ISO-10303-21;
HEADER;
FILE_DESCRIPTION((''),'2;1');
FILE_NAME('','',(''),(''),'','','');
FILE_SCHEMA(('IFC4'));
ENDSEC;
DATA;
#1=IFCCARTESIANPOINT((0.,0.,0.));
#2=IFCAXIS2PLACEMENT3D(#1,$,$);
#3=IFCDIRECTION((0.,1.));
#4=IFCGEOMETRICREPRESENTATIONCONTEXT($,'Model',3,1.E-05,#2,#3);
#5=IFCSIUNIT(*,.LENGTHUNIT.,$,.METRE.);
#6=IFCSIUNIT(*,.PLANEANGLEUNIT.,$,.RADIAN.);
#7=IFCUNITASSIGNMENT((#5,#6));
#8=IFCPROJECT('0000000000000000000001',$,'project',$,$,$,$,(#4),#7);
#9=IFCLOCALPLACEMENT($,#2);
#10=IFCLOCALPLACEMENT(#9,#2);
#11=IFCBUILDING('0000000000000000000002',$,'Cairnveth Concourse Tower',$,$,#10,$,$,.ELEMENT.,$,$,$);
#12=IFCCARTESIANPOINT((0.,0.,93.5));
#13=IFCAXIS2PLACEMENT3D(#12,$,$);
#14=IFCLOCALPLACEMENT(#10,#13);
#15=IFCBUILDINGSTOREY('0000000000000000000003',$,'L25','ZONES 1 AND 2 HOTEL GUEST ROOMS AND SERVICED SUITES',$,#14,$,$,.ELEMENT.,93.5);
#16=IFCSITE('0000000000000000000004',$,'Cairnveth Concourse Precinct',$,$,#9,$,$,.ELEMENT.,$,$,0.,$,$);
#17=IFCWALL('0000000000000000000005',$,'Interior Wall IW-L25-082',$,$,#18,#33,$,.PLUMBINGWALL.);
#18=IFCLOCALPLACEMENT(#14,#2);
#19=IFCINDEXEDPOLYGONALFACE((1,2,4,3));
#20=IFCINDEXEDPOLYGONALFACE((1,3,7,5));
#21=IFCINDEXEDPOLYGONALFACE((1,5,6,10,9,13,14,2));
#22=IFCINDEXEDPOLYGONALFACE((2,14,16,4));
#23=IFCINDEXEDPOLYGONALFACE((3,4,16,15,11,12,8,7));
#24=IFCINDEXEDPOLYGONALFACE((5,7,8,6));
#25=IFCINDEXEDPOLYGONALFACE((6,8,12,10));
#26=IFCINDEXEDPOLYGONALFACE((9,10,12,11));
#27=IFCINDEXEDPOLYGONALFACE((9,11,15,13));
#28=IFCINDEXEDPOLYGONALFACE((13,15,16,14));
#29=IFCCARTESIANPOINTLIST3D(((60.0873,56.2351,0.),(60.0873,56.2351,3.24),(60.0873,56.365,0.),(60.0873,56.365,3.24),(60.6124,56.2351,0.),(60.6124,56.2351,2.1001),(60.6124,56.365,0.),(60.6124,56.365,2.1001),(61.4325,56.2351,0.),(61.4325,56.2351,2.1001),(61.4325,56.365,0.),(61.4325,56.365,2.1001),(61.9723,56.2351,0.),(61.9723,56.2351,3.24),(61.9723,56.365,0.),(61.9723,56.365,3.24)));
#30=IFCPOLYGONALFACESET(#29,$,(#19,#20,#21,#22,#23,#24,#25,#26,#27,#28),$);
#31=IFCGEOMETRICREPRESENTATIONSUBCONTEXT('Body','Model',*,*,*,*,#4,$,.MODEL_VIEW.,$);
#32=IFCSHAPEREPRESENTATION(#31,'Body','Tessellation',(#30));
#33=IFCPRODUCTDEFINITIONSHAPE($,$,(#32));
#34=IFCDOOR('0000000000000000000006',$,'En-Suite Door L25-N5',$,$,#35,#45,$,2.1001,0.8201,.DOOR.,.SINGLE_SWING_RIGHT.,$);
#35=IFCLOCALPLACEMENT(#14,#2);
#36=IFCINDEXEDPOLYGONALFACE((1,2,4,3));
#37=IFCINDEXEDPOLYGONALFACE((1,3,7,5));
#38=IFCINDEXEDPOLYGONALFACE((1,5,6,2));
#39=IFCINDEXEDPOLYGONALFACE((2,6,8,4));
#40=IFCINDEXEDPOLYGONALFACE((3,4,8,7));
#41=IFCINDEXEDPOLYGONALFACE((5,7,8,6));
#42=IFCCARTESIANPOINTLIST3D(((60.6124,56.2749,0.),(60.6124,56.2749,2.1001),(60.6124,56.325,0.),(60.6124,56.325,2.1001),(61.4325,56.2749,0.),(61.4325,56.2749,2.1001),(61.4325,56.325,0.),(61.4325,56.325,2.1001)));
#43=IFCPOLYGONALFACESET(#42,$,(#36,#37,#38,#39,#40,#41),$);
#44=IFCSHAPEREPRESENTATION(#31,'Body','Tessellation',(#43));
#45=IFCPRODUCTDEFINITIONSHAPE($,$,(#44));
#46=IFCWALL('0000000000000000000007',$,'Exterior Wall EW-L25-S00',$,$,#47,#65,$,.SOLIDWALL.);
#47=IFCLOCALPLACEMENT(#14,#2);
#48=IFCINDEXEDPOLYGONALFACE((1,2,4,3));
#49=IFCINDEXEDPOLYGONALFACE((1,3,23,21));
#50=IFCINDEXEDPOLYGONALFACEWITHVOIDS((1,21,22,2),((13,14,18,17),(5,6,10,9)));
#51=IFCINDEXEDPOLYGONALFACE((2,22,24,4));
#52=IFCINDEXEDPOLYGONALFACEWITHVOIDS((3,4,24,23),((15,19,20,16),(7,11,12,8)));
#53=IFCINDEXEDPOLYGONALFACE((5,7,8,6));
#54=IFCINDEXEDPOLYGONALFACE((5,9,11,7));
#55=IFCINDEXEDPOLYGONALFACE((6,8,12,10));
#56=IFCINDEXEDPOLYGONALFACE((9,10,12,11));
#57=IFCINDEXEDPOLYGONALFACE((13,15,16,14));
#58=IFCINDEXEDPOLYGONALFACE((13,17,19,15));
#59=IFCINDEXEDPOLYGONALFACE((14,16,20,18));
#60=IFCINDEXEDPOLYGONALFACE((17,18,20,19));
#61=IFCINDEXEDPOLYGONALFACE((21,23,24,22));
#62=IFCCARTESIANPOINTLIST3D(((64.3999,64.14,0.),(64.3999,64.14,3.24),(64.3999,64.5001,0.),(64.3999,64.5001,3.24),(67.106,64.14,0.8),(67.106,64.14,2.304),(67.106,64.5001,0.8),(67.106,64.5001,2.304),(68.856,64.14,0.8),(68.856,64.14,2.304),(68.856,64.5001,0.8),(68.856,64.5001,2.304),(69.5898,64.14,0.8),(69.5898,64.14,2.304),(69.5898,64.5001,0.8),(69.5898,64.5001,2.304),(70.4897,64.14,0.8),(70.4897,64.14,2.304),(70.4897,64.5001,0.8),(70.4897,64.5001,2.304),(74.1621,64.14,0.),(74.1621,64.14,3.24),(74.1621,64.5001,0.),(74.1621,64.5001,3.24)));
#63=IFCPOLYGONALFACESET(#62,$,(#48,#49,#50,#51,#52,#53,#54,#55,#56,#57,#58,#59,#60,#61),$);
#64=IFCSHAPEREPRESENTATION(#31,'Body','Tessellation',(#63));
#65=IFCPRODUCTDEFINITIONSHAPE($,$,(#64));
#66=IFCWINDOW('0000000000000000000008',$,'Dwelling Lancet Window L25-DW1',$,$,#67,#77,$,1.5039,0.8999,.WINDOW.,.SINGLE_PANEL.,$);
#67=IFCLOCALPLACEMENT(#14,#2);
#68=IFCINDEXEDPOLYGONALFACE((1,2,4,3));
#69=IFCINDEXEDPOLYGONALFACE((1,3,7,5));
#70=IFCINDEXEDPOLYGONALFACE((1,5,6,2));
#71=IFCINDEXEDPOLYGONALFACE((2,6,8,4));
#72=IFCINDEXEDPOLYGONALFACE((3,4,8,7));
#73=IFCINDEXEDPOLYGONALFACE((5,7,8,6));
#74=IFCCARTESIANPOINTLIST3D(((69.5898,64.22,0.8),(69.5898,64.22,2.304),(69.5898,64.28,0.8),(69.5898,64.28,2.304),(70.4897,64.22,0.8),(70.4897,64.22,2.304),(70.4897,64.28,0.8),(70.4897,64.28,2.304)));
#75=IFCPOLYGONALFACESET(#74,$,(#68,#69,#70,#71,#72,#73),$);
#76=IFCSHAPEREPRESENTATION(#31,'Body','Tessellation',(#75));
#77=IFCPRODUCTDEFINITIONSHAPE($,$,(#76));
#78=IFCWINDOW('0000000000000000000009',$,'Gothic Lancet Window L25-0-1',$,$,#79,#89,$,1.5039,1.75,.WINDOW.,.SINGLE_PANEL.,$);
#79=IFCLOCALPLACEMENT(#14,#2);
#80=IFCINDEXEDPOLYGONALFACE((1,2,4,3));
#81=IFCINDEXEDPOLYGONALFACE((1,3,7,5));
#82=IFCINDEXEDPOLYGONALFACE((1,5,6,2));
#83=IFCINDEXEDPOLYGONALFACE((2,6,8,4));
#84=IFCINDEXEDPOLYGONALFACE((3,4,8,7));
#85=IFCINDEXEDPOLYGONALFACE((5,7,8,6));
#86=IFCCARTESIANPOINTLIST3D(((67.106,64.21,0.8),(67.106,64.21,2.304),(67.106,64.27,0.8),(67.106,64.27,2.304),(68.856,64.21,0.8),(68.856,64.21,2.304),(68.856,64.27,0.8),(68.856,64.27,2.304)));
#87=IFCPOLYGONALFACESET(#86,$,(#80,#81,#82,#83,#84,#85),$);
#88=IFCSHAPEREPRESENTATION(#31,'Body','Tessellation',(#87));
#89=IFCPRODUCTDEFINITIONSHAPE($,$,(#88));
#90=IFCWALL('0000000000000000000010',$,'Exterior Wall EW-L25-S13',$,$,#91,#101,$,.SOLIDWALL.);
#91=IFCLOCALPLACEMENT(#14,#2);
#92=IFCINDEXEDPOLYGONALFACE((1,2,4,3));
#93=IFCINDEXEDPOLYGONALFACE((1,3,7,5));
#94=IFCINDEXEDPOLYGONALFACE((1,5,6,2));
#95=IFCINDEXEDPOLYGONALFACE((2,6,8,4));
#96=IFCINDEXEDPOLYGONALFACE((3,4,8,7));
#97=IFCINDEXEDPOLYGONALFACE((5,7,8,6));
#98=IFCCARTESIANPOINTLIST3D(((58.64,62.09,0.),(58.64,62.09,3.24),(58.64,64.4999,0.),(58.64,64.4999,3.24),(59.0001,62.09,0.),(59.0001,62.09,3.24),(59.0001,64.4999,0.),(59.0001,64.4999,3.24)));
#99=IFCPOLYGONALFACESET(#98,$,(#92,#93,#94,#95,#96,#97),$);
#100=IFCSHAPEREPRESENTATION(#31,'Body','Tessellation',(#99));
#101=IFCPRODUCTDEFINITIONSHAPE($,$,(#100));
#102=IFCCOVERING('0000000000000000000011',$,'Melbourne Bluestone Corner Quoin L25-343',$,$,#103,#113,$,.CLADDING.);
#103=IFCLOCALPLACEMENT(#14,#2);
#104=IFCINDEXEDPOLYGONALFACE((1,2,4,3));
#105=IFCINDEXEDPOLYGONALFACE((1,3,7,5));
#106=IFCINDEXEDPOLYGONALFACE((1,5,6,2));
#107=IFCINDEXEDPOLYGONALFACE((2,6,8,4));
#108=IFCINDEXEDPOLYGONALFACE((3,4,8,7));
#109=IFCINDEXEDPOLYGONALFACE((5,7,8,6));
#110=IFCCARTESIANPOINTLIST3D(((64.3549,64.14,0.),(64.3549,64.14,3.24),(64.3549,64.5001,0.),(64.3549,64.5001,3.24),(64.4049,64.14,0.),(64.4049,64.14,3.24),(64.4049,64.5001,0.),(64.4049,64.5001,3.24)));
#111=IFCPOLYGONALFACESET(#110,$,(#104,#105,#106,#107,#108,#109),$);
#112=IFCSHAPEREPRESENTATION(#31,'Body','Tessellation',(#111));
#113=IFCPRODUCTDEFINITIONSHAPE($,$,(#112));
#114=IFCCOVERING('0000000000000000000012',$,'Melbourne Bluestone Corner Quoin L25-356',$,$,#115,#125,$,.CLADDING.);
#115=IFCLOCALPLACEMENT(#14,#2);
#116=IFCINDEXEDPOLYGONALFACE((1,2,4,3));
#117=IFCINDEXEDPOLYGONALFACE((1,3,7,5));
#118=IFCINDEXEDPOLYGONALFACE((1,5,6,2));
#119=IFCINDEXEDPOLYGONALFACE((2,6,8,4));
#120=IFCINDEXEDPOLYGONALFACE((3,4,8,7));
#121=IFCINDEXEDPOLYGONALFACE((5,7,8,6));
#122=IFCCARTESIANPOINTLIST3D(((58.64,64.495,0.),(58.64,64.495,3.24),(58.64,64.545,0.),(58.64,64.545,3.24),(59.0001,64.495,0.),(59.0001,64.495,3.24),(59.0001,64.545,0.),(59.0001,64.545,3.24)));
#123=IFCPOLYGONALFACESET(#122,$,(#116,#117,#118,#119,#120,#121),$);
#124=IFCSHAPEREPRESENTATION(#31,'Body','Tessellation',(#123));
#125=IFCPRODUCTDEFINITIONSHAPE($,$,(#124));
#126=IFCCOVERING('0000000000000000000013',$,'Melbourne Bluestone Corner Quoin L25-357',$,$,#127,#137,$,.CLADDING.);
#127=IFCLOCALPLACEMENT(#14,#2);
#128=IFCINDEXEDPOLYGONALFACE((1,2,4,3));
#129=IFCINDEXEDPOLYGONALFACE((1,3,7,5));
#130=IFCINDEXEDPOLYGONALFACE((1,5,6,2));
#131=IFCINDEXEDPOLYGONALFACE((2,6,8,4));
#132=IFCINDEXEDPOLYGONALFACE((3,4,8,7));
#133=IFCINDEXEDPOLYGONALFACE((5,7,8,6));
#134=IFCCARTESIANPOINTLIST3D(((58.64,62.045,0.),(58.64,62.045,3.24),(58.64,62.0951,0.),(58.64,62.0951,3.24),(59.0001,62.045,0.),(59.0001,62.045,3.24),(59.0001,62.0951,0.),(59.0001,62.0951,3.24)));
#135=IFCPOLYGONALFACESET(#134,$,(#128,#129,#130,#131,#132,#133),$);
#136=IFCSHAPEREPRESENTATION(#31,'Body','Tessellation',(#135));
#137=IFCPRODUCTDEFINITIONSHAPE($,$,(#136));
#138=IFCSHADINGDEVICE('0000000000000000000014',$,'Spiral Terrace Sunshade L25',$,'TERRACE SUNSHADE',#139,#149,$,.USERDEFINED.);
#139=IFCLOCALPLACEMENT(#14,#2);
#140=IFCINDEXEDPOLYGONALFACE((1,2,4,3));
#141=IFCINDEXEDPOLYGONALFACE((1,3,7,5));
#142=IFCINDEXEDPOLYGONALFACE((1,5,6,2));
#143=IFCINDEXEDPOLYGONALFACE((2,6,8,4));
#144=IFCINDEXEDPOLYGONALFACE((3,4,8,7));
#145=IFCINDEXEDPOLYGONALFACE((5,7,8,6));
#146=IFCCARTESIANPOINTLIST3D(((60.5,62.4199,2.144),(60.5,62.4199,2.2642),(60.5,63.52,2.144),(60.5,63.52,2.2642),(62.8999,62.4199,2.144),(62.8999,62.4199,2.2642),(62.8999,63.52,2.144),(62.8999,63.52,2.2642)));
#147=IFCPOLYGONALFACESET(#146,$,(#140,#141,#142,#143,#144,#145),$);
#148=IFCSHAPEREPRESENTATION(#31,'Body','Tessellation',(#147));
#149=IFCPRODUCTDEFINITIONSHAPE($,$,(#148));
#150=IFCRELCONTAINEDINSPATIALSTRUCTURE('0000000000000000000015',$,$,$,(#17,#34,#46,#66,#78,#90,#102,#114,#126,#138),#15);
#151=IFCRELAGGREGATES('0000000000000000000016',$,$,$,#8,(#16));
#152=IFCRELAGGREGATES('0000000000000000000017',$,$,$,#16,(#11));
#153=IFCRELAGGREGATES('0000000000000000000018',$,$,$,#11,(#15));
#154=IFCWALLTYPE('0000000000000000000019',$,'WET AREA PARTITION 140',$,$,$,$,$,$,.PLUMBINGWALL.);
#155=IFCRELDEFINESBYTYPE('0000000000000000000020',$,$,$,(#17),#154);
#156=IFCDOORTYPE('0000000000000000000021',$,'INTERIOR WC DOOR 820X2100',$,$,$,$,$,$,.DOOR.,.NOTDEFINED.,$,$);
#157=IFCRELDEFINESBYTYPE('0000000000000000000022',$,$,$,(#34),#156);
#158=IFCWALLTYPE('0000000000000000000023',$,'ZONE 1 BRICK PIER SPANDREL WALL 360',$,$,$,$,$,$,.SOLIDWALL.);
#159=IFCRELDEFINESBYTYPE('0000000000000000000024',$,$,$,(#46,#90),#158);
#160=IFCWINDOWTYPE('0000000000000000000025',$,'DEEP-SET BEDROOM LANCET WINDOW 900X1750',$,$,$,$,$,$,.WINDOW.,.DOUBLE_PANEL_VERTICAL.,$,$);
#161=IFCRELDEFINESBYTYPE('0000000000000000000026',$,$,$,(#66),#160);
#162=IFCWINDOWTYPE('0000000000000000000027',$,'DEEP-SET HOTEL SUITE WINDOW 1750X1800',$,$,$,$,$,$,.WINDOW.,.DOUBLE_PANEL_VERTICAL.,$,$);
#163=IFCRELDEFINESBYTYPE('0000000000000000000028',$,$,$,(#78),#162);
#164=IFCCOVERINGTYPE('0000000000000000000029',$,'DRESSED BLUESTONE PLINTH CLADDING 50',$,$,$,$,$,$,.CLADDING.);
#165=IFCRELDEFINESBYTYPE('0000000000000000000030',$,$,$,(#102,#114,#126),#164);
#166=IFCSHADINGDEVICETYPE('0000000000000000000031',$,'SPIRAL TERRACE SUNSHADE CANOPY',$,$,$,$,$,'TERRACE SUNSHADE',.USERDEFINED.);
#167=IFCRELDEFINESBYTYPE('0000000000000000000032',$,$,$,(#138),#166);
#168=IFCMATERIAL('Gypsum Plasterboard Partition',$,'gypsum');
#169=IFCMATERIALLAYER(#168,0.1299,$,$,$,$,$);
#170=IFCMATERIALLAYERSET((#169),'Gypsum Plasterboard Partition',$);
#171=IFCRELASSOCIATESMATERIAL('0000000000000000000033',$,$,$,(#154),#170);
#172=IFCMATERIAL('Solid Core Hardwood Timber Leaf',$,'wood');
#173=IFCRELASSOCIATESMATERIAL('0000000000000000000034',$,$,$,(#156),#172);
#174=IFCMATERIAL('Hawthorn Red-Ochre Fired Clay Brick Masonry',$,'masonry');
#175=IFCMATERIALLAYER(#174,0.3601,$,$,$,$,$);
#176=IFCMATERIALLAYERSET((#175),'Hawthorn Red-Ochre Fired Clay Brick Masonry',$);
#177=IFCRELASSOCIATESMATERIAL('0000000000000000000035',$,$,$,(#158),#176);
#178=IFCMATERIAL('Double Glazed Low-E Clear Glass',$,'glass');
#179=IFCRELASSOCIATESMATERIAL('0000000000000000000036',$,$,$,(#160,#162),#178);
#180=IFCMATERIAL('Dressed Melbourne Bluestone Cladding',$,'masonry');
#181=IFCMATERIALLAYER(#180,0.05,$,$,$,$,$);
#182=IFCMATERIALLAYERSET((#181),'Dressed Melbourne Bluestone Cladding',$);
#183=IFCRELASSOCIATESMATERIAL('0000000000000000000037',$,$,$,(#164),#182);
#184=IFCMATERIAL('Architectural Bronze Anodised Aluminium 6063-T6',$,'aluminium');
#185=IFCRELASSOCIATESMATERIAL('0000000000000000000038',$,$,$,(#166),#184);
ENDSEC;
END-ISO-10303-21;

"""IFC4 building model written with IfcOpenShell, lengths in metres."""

from ifc_helpers import new_model, si_unit, direction, frame, frame_2d, origin, origin_2d, place, context, subcontext, project, spatial, rectangle, extrude, material, layer, layer_set, type_object, element, fill, save


model = new_model("IFC4")

# Units and contexts
model_context = context("Model", 3, precision=1e-05, world=origin(), true_north=direction((0.0, 1.0)))
body_context = subcontext(model_context, "Body", "Model", "MODEL_VIEW")
ifc_project = project(units=[si_unit("LENGTHUNIT", "METRE"), si_unit("PLANEANGLEUNIT", "RADIAN")], contexts=[model_context])

# Site, building, storey
site_placement = place(None, origin())
site = spatial("IfcSite", under=ifc_project, at=site_placement, Name="Cairnveth Concourse Precinct", CompositionType="ELEMENT", RefElevation=0.0)
building_placement = place(site_placement, origin())
building = spatial("IfcBuilding", under=site, at=building_placement, Name="Cairnveth Concourse Tower", CompositionType="ELEMENT")
storey_placement = place(building_placement, frame((0.0, 0.0, 93.5)))
storey = spatial("IfcBuildingStorey", under=building, at=storey_placement, Name="L25", Description="ZONES 1 AND 2 HOTEL GUEST ROOMS AND SERVICED SUITES", CompositionType="ELEMENT", Elevation=93.5)

# Shared definitions
ifc_material_1 = material(Name="Gypsum Plasterboard Partition", Category="gypsum")
ifc_material_2 = material(Name="Dressed Melbourne Bluestone Cladding", Category="masonry")
ifc_layer_1 = layer(ifc_material_1, 0.1299)
ifc_layer_set_1 = layer_set([ifc_layer_1], Name="Gypsum Plasterboard Partition")
wall_type_1 = type_object("IfcWallType", Name="WET AREA PARTITION 140", PredefinedType="PLUMBINGWALL", material=ifc_layer_set_1)

# Shared definitions
ifc_material_3 = material(Name="Solid Core Hardwood Timber Leaf", Category="wood")
door_type_1 = type_object("IfcDoorType", Name="INTERIOR WC DOOR 820X2100", OperationType="NOTDEFINED", PredefinedType="DOOR", material=ifc_material_3)

# Wall, opening, door
wall_1_placement = place(storey_placement, frame((60.0874, 56.3, 0.0), z_axis=(0.0, 0.0, 1.0), x_axis=(1.0, 0.0, 0.0)))
wall_1 = element("IfcWall", 1, at=wall_1_placement, inside=storey, type_object=wall_type_1, Name="Interior Wall IW-L25-082", PredefinedType="PLUMBINGWALL", context=body_context, shape_type="SweptSolid", body=[
    extrude(rectangle(XDim=1.885, YDim=0.1299, at=frame_2d((0.9424, 0.0))), origin(), (0.0, 0.0, 1.0), 3.24),
])
opening_1_placement = place(wall_1_placement, frame((0.5249, 0.0, 0.0)))
opening_1 = element("IfcOpeningElement", 2, at=opening_1_placement, cuts=wall_1, PredefinedType="OPENING", context=body_context, shape_type="SweptSolid", body=[
    extrude(rectangle(XDim=0.8201, YDim=2.1001, at=frame_2d((0.4102, 1.05))), frame((0.0, 0.075, 0.0), z_axis=(0.0, -1.0, 0.0), x_axis=(1.0, 0.0, 0.0)), (0.0, 0.0, 1.0), 0.1499),
])
door_1_placement = place(opening_1_placement, origin())
door_1 = element("IfcDoor", 3, at=door_1_placement, inside=storey, type_object=door_type_1, Name="En-Suite Door L25-N5", OperationType="SINGLE_SWING_RIGHT", OverallHeight=2.1001, OverallWidth=0.8201, PredefinedType="DOOR", context=body_context, shape_type="SweptSolid", body=[
    extrude(rectangle(XDim=0.8201, YDim=2.1001, at=frame_2d((0.4102, 1.05))), frame((0.0, 0.0249, 0.0), z_axis=(0.0, -1.0, 0.0), x_axis=(1.0, 0.0, 0.0)), (0.0, 0.0, 1.0), 0.05),
])
fill(opening_1, door_1)

# Wall, openings, windows
ifc_material_4 = material(Name="Hawthorn Red-Ochre Fired Clay Brick Masonry", Category="masonry")
ifc_layer_2 = layer(ifc_material_4, 0.3601)
ifc_layer_set_2 = layer_set([ifc_layer_2], Name="Hawthorn Red-Ochre Fired Clay Brick Masonry")
wall_type_2 = type_object("IfcWallType", Name="ZONE 1 BRICK PIER SPANDREL WALL 360", PredefinedType="SOLIDWALL", material=ifc_layer_set_2)
wall_2_placement = place(storey_placement, frame((64.3999, 64.3201, 0.0), z_axis=(0.0, 0.0, 1.0), x_axis=(1.0, 0.0, 0.0)))
wall_2 = element("IfcWall", 4, at=wall_2_placement, inside=storey, type_object=wall_type_2, Name="Exterior Wall EW-L25-S00", PredefinedType="SOLIDWALL", context=body_context, shape_type="SweptSolid", body=[
    extrude(rectangle(XDim=9.7622, YDim=0.3601, at=frame_2d((4.8811, 0.0))), origin(), (0.0, 0.0, 1.0), 3.24),
])
opening_2_placement = place(wall_2_placement, frame((2.7061, 0.0, 0.8)))
opening_2 = element("IfcOpeningElement", 5, at=opening_2_placement, cuts=wall_2, PredefinedType="OPENING", context=body_context, shape_type="SweptSolid", body=[
    extrude(rectangle(XDim=1.75, YDim=1.5039, at=frame_2d((0.875, 0.752))), frame((0.0, 0.1899, 0.0), z_axis=(0.0, -1.0, 0.0), x_axis=(1.0, 0.0, 0.0)), (0.0, 0.0, 1.0), 0.3801),
])
opening_3_placement = place(wall_2_placement, frame((5.1899, 0.0, 0.8)))
opening_3 = element("IfcOpeningElement", 6, at=opening_3_placement, cuts=wall_2, PredefinedType="OPENING", context=body_context, shape_type="SweptSolid", body=[
    extrude(rectangle(XDim=0.8999, YDim=1.5039, at=frame_2d((0.45, 0.752))), frame((0.0, 0.1899, 0.0), z_axis=(0.0, -1.0, 0.0), x_axis=(1.0, 0.0, 0.0)), (0.0, 0.0, 1.0), 0.3801),
])
ifc_material_5 = material(Name="Double Glazed Low-E Clear Glass", Category="glass")
window_type_1 = type_object("IfcWindowType", Name="DEEP-SET BEDROOM LANCET WINDOW 900X1750", PartitioningType="DOUBLE_PANEL_VERTICAL", PredefinedType="WINDOW", material=ifc_material_5)
window_1_placement = place(opening_3_placement, origin())
window_1 = element("IfcWindow", 7, at=window_1_placement, inside=storey, type_object=window_type_1, Name="Dwelling Lancet Window L25-DW1", OverallHeight=1.5039, OverallWidth=0.8999, PartitioningType="SINGLE_PANEL", PredefinedType="WINDOW", context=body_context, shape_type="SweptSolid", body=[
    extrude(rectangle(XDim=0.8999, YDim=1.5039, at=frame_2d((0.45, 0.752))), frame((0.0, -0.04, 0.0), z_axis=(0.0, -1.0, 0.0), x_axis=(1.0, 0.0, 0.0)), (0.0, 0.0, 1.0), 0.0601),
])
fill(opening_3, window_1)
window_type_2 = type_object("IfcWindowType", Name="DEEP-SET HOTEL SUITE WINDOW 1750X1800", PartitioningType="DOUBLE_PANEL_VERTICAL", PredefinedType="WINDOW", material=ifc_material_5)
window_2_placement = place(opening_2_placement, origin())
window_2 = element("IfcWindow", 8, at=window_2_placement, inside=storey, type_object=window_type_2, Name="Gothic Lancet Window L25-0-1", OverallHeight=1.5039, OverallWidth=1.75, PartitioningType="SINGLE_PANEL", PredefinedType="WINDOW", context=body_context, shape_type="SweptSolid", body=[
    extrude(rectangle(XDim=1.75, YDim=1.5039, at=frame_2d((0.875, 0.752))), frame((0.0, -0.05, 0.0), z_axis=(0.0, -1.0, 0.0), x_axis=(1.0, 0.0, 0.0)), (0.0, 0.0, 1.0), 0.0601),
])
fill(opening_2, window_2)

# Wall
wall_3_placement = place(storey_placement, frame((58.8201, 64.5, 0.0), z_axis=(0.0, 0.0, 1.0), x_axis=(0.0, -1.0, 0.0)))
element("IfcWall", 9, at=wall_3_placement, inside=storey, type_object=wall_type_2, Name="Exterior Wall EW-L25-S13", PredefinedType="SOLIDWALL", context=body_context, shape_type="SweptSolid", body=[
    extrude(rectangle(XDim=2.4099, YDim=0.3601, at=frame_2d((1.2051, 0.0))), origin(), (0.0, 0.0, 1.0), 3.24),
])

# Shared definitions
ifc_material_6 = material(Name="Architectural Bronze Anodised Aluminium 6063-T6", Category="aluminium")

# Coverings
ifc_layer_3 = layer(ifc_material_2, 0.05)
ifc_layer_set_3 = layer_set([ifc_layer_3], Name="Dressed Melbourne Bluestone Cladding")
covering_type = type_object("IfcCoveringType", Name="DRESSED BLUESTONE PLINTH CLADDING 50", PredefinedType="CLADDING", material=ifc_layer_set_3)
for number, where, z_axis, x_axis, name in (
    (10, (64.3799, 64.1399, 0.0), (0.0, 0.0, 1.0), (0.0, 1.0, 0.0), "Melbourne Bluestone Corner Quoin L25-343"),
    (11, (58.6399, 64.52, 0.0), (0.0, 0.0, 1.0), (1.0, 0.0, 0.0), "Melbourne Bluestone Corner Quoin L25-356"),
    (12, (58.6399, 62.0701, 0.0), (0.0, 0.0, 1.0), (1.0, 0.0, 0.0), "Melbourne Bluestone Corner Quoin L25-357"),
):
    element("IfcCovering", number, at=place(storey_placement, frame(where, z_axis=z_axis, x_axis=x_axis)), inside=storey, type_object=covering_type, Name=name, PredefinedType="CLADDING", context=body_context, shape_type="SweptSolid", body=[
        extrude(rectangle(XDim=0.3601, YDim=0.05, at=frame_2d((0.1802, 0.0))), origin(), (0.0, 0.0, 1.0), 3.24),
    ])

# Shading device
shading_device_type = type_object("IfcShadingDeviceType", Name="SPIRAL TERRACE SUNSHADE CANOPY", ElementType="TERRACE SUNSHADE", PredefinedType="USERDEFINED", material=ifc_material_6)
shading_device_placement = place(storey_placement, frame((61.7, 62.97, 2.144), z_axis=(0.0, 0.0, 1.0), x_axis=(1.0, 0.0, 0.0)))
element("IfcShadingDevice", 13, at=shading_device_placement, inside=storey, type_object=shading_device_type, Name="Spiral Terrace Sunshade L25", ObjectType="TERRACE SUNSHADE", PredefinedType="USERDEFINED", context=body_context, shape_type="SweptSolid", body=[
    extrude(rectangle(XDim=2.3999, YDim=1.1001, at=origin_2d()), origin(), (0.0, 0.0, 1.0), 0.1201),
])

save(model, "model.ifc")
